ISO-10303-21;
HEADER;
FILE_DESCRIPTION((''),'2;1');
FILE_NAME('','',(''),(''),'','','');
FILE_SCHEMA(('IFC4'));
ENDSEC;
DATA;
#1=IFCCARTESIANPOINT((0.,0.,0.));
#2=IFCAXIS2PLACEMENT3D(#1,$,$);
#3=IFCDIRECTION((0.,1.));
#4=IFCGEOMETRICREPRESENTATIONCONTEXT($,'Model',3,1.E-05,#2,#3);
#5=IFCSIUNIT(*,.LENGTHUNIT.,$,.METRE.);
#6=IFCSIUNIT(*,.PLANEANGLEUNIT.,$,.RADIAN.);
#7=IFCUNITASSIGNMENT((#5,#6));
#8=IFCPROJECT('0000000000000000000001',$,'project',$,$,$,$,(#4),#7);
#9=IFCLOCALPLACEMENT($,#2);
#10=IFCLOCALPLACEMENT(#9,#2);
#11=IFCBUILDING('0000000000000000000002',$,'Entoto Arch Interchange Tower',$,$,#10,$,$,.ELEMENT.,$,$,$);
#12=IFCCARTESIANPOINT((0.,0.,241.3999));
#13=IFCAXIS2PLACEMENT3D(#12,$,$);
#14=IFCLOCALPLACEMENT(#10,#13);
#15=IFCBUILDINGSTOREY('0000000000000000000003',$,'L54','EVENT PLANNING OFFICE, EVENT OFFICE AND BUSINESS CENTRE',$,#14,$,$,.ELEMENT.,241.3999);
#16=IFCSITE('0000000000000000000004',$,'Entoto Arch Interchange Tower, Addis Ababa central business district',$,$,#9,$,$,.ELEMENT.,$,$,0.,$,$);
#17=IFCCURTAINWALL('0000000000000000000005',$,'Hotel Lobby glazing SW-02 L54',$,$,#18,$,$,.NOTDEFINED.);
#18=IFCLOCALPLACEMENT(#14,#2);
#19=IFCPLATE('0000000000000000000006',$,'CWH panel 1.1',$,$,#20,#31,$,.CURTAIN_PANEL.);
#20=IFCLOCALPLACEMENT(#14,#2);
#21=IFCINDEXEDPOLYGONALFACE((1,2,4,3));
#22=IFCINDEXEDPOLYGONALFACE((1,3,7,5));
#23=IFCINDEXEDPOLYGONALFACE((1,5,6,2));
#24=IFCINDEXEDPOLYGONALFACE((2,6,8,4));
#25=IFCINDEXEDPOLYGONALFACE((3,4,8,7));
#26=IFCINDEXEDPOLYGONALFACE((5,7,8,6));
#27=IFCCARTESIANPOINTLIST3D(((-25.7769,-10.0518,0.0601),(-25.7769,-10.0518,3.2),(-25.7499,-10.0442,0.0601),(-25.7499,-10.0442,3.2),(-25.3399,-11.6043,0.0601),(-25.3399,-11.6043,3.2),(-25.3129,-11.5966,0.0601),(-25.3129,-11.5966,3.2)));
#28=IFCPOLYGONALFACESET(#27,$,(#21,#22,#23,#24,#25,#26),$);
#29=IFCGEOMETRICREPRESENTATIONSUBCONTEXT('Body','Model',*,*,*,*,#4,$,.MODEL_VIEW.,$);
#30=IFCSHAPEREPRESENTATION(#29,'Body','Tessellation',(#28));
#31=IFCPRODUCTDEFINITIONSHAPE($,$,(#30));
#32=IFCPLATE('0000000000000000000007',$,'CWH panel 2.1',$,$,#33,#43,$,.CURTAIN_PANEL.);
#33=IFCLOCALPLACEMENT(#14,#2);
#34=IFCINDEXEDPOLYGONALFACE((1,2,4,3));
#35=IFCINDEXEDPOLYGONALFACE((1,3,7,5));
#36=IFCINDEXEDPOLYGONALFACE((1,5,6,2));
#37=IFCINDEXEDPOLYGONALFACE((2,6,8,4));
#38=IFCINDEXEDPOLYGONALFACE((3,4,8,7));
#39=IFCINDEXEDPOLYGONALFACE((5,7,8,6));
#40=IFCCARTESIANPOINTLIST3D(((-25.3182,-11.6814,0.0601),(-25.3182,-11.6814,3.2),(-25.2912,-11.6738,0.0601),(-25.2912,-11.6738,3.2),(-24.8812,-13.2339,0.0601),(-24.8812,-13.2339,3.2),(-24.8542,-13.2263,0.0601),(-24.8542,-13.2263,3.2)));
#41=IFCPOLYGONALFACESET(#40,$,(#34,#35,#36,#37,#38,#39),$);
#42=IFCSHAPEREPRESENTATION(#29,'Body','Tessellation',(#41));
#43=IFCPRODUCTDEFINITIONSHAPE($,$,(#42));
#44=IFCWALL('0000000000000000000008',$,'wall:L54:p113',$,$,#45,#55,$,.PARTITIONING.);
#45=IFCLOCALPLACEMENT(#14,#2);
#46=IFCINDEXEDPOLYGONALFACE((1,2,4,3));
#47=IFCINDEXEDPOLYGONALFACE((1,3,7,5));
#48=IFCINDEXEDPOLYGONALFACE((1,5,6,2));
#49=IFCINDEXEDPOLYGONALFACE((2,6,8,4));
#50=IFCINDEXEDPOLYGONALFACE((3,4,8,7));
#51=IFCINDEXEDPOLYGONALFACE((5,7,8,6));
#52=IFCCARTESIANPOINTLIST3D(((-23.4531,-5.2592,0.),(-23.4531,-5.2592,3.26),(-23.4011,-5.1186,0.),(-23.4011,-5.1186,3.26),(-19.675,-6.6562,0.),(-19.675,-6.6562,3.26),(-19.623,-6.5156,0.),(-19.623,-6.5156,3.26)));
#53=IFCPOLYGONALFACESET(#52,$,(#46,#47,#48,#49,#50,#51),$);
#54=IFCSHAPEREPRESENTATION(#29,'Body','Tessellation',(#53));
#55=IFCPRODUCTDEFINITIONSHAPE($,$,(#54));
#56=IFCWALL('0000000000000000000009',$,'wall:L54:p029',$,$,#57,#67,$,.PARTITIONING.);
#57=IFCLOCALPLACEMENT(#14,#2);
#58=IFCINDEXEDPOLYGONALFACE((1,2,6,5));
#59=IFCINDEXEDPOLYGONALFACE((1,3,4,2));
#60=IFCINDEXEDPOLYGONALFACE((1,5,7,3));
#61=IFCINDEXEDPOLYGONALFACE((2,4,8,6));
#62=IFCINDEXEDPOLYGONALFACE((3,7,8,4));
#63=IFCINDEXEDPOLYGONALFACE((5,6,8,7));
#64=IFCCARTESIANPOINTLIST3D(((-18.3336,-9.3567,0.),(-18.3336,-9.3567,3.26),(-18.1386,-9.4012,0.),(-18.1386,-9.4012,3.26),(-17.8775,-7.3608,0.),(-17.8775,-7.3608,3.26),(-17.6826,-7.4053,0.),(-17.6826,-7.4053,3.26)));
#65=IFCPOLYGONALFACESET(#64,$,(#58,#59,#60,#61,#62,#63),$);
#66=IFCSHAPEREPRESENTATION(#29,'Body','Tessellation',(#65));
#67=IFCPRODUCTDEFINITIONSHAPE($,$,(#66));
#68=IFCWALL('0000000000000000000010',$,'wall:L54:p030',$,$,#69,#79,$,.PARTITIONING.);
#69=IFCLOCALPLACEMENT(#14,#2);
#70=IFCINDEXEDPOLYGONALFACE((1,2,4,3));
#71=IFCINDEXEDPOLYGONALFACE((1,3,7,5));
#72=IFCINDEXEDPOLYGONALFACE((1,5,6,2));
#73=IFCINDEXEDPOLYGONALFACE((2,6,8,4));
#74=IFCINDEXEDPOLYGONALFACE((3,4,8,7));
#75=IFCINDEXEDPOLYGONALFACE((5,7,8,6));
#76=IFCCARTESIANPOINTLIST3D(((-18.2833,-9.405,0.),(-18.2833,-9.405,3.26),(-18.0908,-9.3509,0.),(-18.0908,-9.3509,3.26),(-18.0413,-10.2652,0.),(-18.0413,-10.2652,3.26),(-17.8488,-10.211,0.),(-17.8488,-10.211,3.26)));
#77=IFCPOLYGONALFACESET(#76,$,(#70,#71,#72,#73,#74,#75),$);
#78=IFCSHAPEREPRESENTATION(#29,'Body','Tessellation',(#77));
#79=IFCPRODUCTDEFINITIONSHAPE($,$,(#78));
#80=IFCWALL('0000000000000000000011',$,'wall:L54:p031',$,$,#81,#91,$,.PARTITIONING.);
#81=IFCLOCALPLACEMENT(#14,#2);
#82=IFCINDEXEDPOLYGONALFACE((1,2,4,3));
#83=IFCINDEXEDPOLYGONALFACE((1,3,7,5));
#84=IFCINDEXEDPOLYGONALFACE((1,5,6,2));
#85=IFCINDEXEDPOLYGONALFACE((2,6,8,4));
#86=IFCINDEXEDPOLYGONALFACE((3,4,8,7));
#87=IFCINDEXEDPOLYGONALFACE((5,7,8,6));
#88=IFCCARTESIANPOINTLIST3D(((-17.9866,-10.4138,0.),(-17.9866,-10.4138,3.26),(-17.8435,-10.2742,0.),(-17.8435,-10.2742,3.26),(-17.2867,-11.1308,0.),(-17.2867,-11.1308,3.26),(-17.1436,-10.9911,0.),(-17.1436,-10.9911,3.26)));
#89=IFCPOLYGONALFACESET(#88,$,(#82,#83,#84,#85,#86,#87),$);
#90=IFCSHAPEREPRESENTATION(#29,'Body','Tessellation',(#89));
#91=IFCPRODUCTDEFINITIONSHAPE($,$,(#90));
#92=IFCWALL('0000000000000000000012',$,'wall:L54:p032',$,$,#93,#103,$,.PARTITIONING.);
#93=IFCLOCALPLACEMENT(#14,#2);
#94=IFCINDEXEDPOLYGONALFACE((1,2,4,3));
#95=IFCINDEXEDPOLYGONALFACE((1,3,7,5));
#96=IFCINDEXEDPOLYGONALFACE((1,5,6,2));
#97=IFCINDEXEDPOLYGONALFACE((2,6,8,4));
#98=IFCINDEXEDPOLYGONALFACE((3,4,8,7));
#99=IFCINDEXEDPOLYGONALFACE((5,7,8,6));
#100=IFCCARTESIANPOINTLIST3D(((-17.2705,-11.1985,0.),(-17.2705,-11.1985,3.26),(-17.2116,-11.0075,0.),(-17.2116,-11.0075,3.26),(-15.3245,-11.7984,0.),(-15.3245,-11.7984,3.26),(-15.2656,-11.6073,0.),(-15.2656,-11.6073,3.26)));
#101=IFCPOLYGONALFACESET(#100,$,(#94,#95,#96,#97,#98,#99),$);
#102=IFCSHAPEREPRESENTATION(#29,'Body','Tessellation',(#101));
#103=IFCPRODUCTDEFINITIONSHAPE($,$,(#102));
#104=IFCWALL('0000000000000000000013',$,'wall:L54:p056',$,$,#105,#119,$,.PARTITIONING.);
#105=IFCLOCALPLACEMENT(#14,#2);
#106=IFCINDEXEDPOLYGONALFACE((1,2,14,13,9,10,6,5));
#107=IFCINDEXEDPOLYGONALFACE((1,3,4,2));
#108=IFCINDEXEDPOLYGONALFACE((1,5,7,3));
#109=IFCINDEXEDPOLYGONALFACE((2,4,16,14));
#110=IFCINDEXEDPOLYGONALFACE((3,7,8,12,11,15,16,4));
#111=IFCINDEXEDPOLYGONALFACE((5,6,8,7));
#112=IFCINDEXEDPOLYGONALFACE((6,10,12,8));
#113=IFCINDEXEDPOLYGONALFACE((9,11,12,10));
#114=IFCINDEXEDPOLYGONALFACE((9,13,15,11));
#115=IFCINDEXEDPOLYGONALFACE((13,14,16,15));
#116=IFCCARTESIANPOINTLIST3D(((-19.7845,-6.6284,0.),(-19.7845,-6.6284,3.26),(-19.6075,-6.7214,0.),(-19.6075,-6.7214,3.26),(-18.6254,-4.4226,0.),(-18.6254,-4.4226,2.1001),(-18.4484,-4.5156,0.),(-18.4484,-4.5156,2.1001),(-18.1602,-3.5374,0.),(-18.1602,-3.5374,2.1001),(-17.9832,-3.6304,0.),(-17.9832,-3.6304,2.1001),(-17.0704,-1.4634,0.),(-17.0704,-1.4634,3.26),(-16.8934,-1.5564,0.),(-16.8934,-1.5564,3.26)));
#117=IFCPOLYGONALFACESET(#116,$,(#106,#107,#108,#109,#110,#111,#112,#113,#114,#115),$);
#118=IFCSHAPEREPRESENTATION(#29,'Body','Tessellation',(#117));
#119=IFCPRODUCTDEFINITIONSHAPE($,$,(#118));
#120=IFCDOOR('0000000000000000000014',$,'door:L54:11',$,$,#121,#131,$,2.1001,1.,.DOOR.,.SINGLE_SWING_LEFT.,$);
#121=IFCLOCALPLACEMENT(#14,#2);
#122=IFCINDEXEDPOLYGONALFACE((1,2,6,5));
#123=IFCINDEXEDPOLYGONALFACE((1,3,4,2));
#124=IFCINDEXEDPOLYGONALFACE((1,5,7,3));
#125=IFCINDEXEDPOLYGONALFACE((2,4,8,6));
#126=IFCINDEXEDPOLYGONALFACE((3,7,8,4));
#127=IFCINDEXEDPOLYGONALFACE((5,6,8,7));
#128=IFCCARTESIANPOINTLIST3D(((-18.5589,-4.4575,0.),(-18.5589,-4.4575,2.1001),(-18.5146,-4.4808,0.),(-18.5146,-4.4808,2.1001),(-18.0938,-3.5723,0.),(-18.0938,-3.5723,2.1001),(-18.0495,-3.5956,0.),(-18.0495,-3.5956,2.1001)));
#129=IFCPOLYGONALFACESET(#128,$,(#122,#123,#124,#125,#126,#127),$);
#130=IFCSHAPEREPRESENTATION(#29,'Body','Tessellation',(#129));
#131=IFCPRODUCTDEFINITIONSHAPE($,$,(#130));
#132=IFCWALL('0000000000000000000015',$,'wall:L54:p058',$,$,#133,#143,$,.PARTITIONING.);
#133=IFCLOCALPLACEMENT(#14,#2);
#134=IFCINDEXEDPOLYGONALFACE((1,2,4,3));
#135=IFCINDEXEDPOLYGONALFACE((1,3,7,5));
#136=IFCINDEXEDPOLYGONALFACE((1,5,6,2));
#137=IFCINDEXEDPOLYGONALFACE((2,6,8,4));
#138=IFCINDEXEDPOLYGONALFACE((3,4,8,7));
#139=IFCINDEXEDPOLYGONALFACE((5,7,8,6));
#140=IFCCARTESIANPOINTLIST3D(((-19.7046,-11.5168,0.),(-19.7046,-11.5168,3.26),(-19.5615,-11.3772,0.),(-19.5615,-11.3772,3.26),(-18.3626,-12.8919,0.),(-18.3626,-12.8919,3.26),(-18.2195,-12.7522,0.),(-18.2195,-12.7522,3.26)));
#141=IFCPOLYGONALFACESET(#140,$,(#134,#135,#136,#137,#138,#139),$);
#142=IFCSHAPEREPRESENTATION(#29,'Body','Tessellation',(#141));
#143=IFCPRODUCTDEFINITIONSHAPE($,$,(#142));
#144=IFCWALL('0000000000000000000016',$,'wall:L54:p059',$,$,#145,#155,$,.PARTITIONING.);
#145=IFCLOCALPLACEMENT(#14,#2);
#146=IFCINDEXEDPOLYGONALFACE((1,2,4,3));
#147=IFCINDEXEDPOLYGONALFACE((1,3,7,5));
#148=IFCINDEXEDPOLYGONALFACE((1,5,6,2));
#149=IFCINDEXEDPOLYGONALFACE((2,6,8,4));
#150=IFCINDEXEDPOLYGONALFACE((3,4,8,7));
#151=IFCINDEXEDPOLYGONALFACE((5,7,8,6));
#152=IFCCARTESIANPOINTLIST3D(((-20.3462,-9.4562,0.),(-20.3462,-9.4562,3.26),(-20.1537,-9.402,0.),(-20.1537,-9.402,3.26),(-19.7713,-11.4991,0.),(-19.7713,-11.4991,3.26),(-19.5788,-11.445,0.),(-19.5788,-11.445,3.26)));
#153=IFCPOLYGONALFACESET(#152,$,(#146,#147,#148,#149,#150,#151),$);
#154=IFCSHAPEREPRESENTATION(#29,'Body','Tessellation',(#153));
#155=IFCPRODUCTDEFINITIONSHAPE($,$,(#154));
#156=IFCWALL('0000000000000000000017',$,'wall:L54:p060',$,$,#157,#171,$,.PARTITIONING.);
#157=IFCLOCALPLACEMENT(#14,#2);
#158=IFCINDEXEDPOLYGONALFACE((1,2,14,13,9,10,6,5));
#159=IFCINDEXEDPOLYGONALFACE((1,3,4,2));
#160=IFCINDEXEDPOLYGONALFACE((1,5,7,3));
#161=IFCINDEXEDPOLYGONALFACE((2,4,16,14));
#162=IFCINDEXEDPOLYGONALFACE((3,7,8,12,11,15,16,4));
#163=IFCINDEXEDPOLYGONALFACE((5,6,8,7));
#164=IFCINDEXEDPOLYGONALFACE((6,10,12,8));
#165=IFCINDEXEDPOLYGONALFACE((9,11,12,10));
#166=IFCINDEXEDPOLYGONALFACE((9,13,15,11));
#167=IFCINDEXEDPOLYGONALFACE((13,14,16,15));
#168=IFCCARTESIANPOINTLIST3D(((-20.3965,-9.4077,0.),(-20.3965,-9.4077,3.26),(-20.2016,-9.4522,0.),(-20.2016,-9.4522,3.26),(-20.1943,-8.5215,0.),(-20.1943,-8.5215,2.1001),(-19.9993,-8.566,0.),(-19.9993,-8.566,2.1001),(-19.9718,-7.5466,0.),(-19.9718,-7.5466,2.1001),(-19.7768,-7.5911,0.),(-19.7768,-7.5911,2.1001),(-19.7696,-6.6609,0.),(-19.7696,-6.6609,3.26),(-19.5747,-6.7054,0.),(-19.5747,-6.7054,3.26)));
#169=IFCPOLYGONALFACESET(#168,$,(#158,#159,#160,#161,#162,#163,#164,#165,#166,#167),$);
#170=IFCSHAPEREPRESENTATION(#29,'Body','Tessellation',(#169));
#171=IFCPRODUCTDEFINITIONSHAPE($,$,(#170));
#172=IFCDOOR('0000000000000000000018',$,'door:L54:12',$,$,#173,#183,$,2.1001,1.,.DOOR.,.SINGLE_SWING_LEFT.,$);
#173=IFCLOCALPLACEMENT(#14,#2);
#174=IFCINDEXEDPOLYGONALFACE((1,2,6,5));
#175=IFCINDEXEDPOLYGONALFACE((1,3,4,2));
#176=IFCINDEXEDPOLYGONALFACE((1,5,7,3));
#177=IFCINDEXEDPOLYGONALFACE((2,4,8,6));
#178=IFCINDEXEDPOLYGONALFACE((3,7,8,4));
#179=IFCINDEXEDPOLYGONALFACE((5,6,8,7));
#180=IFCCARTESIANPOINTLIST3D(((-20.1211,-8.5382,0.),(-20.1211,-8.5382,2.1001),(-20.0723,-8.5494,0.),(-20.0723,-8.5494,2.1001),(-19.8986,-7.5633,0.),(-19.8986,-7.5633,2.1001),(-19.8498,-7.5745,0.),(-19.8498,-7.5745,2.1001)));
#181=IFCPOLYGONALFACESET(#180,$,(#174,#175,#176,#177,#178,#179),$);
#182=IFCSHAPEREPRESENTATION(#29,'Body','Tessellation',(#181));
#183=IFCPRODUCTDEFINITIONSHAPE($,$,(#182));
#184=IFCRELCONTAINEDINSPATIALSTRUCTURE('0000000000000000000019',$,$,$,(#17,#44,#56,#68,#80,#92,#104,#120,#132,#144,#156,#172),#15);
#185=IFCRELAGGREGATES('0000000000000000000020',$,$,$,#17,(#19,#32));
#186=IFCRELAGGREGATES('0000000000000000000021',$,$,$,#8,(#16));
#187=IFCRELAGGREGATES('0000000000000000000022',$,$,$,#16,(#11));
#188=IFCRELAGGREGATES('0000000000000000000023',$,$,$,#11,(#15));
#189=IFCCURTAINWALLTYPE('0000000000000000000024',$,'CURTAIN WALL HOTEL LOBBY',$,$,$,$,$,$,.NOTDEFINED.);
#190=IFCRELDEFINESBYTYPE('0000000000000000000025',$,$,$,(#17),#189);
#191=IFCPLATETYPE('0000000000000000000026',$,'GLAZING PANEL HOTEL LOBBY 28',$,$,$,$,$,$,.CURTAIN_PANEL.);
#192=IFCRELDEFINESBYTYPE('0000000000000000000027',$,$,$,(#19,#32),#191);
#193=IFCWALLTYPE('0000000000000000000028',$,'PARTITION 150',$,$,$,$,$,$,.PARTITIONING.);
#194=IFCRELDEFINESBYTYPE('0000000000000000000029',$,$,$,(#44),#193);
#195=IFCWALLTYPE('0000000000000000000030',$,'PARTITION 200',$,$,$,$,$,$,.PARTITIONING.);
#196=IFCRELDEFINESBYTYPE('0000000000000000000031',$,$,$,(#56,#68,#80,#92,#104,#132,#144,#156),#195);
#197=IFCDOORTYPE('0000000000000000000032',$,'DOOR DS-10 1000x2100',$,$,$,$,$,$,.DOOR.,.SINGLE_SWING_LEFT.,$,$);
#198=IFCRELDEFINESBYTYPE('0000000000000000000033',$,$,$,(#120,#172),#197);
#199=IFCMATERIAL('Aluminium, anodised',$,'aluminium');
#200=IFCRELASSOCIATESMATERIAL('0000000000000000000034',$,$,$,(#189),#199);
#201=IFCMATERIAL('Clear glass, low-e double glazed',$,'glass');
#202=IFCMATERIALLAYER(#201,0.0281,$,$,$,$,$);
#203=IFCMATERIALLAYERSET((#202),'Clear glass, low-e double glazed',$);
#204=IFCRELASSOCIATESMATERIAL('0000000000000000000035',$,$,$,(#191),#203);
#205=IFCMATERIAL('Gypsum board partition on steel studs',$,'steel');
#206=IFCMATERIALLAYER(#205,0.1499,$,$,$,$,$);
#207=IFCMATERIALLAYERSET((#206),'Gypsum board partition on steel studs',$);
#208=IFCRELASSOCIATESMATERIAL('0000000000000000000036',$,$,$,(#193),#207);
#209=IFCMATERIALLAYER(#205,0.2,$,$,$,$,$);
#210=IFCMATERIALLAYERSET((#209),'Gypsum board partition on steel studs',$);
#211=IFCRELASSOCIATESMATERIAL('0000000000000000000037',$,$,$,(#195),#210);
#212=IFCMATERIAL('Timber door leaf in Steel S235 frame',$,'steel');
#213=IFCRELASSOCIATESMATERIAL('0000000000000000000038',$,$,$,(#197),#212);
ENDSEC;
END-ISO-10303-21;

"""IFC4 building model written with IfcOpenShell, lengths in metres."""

from ifc_helpers import new_model, si_unit, direction, frame, frame_2d, origin, origin_2d, place, context, subcontext, project, spatial, rectangle, extrude, material, layer, layer_set, type_object, element, fill, aggregate, save


model = new_model("IFC4")

# Units and contexts
model_context = context("Model", 3, precision=1e-05, world=origin(), true_north=direction((0.0, 1.0)))
body_context = subcontext(model_context, "Body", "Model", "MODEL_VIEW")
ifc_project = project(units=[si_unit("LENGTHUNIT", "METRE"), si_unit("PLANEANGLEUNIT", "RADIAN")], contexts=[model_context])

# Site, building, storey
site_placement = place(None, origin())
site = spatial("IfcSite", under=ifc_project, at=site_placement, Name="Entoto Arch Interchange Tower, Addis Ababa central business district", CompositionType="ELEMENT", RefElevation=0.0)
building_placement = place(site_placement, origin())
building = spatial("IfcBuilding", under=site, at=building_placement, Name="Entoto Arch Interchange Tower", CompositionType="ELEMENT")
storey_placement = place(building_placement, frame((0.0, 0.0, 241.3999)))
storey = spatial("IfcBuildingStorey", under=building, at=storey_placement, Name="L54", Description="EVENT PLANNING OFFICE, EVENT OFFICE AND BUSINESS CENTRE", CompositionType="ELEMENT", Elevation=241.3999)

# Curtain wall
ifc_material_1 = material(Name="Aluminium, anodised", Category="aluminium")
curtain_wall_type = type_object("IfcCurtainWallType", Name="CURTAIN WALL HOTEL LOBBY", PredefinedType="NOTDEFINED", material=ifc_material_1)
curtain_wall_1_placement = place(storey_placement, origin())
curtain_wall_1 = element("IfcCurtainWall", 1, at=curtain_wall_1_placement, inside=storey, type_object=curtain_wall_type, Name="Hotel Lobby glazing SW-02 L54", PredefinedType="NOTDEFINED")

# Plates
ifc_material_2 = material(Name="Clear glass, low-e double glazed", Category="glass")
ifc_layer_1 = layer(ifc_material_2, 0.0281)
ifc_layer_set_1 = layer_set([ifc_layer_1], Name="Clear glass, low-e double glazed")
plate_type = type_object("IfcPlateType", Name="GLAZING PANEL HOTEL LOBBY 28", PredefinedType="CURTAIN_PANEL", material=ifc_layer_set_1)
plate_1_placement = place(storey_placement, frame((-25.5449, -10.8242, 0.0601), z_axis=(0.0, 0.0, 1.0), x_axis=(0.270946, -0.962595, 0.0)))
plate_1 = element("IfcPlate", 2, at=plate_1_placement, type_object=plate_type, Name="CWH panel 1.1", PredefinedType="CURTAIN_PANEL", context=body_context, shape_type="SweptSolid", body=[
    extrude(rectangle(XDim=1.6128, YDim=0.0281, at=origin_2d()), origin(), (0.0, 0.0, 1.0), 3.1399),
])
plate_2_placement = place(storey_placement, frame((-25.0862, -12.4539, 0.0601), z_axis=(0.0, 0.0, 1.0), x_axis=(0.270946, -0.962595, 0.0)))
plate_2 = element("IfcPlate", 3, at=plate_2_placement, type_object=plate_type, Name="CWH panel 2.1", PredefinedType="CURTAIN_PANEL", context=body_context, shape_type="SweptSolid", body=[
    extrude(rectangle(XDim=1.6128, YDim=0.0281, at=origin_2d()), origin(), (0.0, 0.0, 1.0), 3.1399),
])
aggregate(curtain_wall_1, [plate_1, plate_2])

# Walls
ifc_material_3 = material(Name="Gypsum board partition on steel studs", Category="steel")
ifc_layer_2 = layer(ifc_material_3, 0.1499)
ifc_layer_set_2 = layer_set([ifc_layer_2], Name="Gypsum board partition on steel studs")
wall_type_1 = type_object("IfcWallType", Name="PARTITION 150", PredefinedType="PARTITIONING", material=ifc_layer_set_2)
wall_1_placement = place(storey_placement, frame((-19.6489, -6.5859, 0.0), z_axis=(0.0, 0.0, 1.0), x_axis=(-0.937936, 0.346809, 0.0)))
element("IfcWall", 4, at=wall_1_placement, inside=storey, type_object=wall_type_1, Name="wall:L54:p113", PredefinedType="PARTITIONING", context=body_context, shape_type="SweptSolid", body=[
    extrude(rectangle(XDim=4.0281, YDim=0.1499, at=frame_2d((2.0142, 0.0))), origin(), (0.0, 0.0, 1.0), 3.26),
])
ifc_layer_3 = layer(ifc_material_3, 0.2)
ifc_layer_set_3 = layer_set([ifc_layer_3], Name="Gypsum board partition on steel studs")
wall_type_2 = type_object("IfcWallType", Name="PARTITION 200", PredefinedType="PARTITIONING", material=ifc_layer_set_3)
wall_2_placement = place(storey_placement, frame((-17.78, -7.3831, 0.0), z_axis=(0.0, 0.0, 1.0), x_axis=(-0.22276, -0.974873, 0.0)))
element("IfcWall", 5, at=wall_2_placement, inside=storey, type_object=wall_type_2, Name="wall:L54:p029", PredefinedType="PARTITIONING", context=body_context, shape_type="SweptSolid", body=[
    extrude(rectangle(XDim=2.0474, YDim=0.2, at=frame_2d((1.0237, 0.0))), origin(), (0.0, 0.0, 1.0), 3.26),
])
wall_3_placement = place(storey_placement, frame((-18.187, -9.3779, 0.0), z_axis=(0.0, 0.0, 1.0), x_axis=(0.270785, -0.96264, 0.0)))
element("IfcWall", 6, at=wall_3_placement, inside=storey, type_object=wall_type_2, Name="wall:L54:p030", PredefinedType="PARTITIONING", context=body_context, shape_type="SweptSolid", body=[
    extrude(rectangle(XDim=0.8936, YDim=0.2, at=frame_2d((0.4468, 0.0))), origin(), (0.0, 0.0, 1.0), 3.26),
])
wall_4_placement = place(storey_placement, frame((-17.915, -10.344, 0.0), z_axis=(0.0, 0.0, 1.0), x_axis=(0.698528, -0.715583, 0.0)))
element("IfcWall", 7, at=wall_4_placement, inside=storey, type_object=wall_type_2, Name="wall:L54:p031", PredefinedType="PARTITIONING", context=body_context, shape_type="SweptSolid", body=[
    extrude(rectangle(XDim=1.002, YDim=0.2, at=frame_2d((0.501, 0.0))), origin(), (0.0, 0.0, 1.0), 3.26),
])
wall_5_placement = place(storey_placement, frame((-17.241, -11.103, 0.0), z_axis=(0.0, 0.0, 1.0), x_axis=(0.955631, -0.294566, 0.0)))
element("IfcWall", 8, at=wall_5_placement, inside=storey, type_object=wall_type_2, Name="wall:L54:p032", PredefinedType="PARTITIONING", context=body_context, shape_type="SweptSolid", body=[
    extrude(rectangle(XDim=2.0364, YDim=0.2, at=frame_2d((1.0181, 0.0))), origin(), (0.0, 0.0, 1.0), 3.26),
])

# Wall, opening, door
wall_6_placement = place(storey_placement, frame((-19.696, -6.675, 0.0), z_axis=(0.0, 0.0, 1.0), x_axis=(0.465165, 0.885224, 0.0)))
wall_6 = element("IfcWall", 9, at=wall_6_placement, inside=storey, type_object=wall_type_2, Name="wall:L54:p056", PredefinedType="PARTITIONING", context=body_context, shape_type="SweptSolid", body=[
    extrude(rectangle(XDim=5.8347, YDim=0.2, at=frame_2d((2.9175, 0.0))), origin(), (0.0, 0.0, 1.0), 3.26),
])
opening_1_placement = place(wall_6_placement, frame((2.4919, 0.0, 0.0)))
opening_1 = element("IfcOpeningElement", 10, at=opening_1_placement, cuts=wall_6, PredefinedType="OPENING", context=body_context, shape_type="SweptSolid", body=[
    extrude(rectangle(XDim=1.0, YDim=2.1001, at=frame_2d((0.5, 1.05))), frame((0.0, 0.1099, 0.0), z_axis=(0.0, -1.0, 0.0), x_axis=(1.0, 0.0, 0.0)), (0.0, 0.0, 1.0), 0.22),
])
ifc_material_4 = material(Name="Timber door leaf in Steel S235 frame", Category="steel")
door_type = type_object("IfcDoorType", Name="DOOR DS-10 1000x2100", OperationType="SINGLE_SWING_LEFT", PredefinedType="DOOR", material=ifc_material_4)
door_1_placement = place(opening_1_placement, origin())
door_1 = element("IfcDoor", 11, at=door_1_placement, inside=storey, type_object=door_type, Name="door:L54:11", OperationType="SINGLE_SWING_LEFT", OverallHeight=2.1001, OverallWidth=1.0, PredefinedType="DOOR", context=body_context, shape_type="SweptSolid", body=[
    extrude(rectangle(XDim=1.0, YDim=2.1001, at=frame_2d((0.5, 1.05))), frame((0.0, 0.0249, 0.0), z_axis=(0.0, -1.0, 0.0), x_axis=(1.0, 0.0, 0.0)), (0.0, 0.0, 1.0), 0.05),
])
fill(opening_1, door_1)

# Walls
wall_7_placement = place(storey_placement, frame((-18.291, -12.822, 0.0), z_axis=(0.0, 0.0, 1.0), x_axis=(-0.698478, 0.715632, 0.0)))
element("IfcWall", 12, at=wall_7_placement, inside=storey, type_object=wall_type_2, Name="wall:L54:p058", PredefinedType="PARTITIONING", context=body_context, shape_type="SweptSolid", body=[
    extrude(rectangle(XDim=1.9214, YDim=0.2, at=frame_2d((0.9607, 0.0))), origin(), (0.0, 0.0, 1.0), 3.26),
])
wall_8_placement = place(storey_placement, frame((-19.675, -11.4719, 0.0), z_axis=(0.0, 0.0, 1.0), x_axis=(-0.270905, 0.962606, 0.0)))
element("IfcWall", 13, at=wall_8_placement, inside=storey, type_object=wall_type_2, Name="wall:L54:p059", PredefinedType="PARTITIONING", context=body_context, shape_type="SweptSolid", body=[
    extrude(rectangle(XDim=2.1223, YDim=0.2, at=frame_2d((1.061, 0.0))), origin(), (0.0, 0.0, 1.0), 3.26),
])

# Wall, opening, door
wall_9_placement = place(storey_placement, frame((-20.2991, -9.4299, 0.0), z_axis=(0.0, 0.0, 1.0), x_axis=(0.222524, 0.974927, 0.0)))
wall_9 = element("IfcWall", 14, at=wall_9_placement, inside=storey, type_object=wall_type_2, Name="wall:L54:p060", PredefinedType="PARTITIONING", context=body_context, shape_type="SweptSolid", body=[
    extrude(rectangle(XDim=2.8174, YDim=0.2, at=frame_2d((1.4087, 0.0))), origin(), (0.0, 0.0, 1.0), 3.26),
])
opening_2_placement = place(wall_9_placement, frame((0.9089, 0.0, 0.0)))
opening_2 = element("IfcOpeningElement", 15, at=opening_2_placement, cuts=wall_9, PredefinedType="OPENING", context=body_context, shape_type="SweptSolid", body=[
    extrude(rectangle(XDim=1.0, YDim=2.1001, at=frame_2d((0.5, 1.05))), frame((0.0, 0.1099, 0.0), z_axis=(0.0, -1.0, 0.0), x_axis=(1.0, 0.0, 0.0)), (0.0, 0.0, 1.0), 0.22),
])
door_2_placement = place(opening_2_placement, origin())
door_2 = element("IfcDoor", 16, at=door_2_placement, inside=storey, type_object=door_type, Name="door:L54:12", OperationType="SINGLE_SWING_LEFT", OverallHeight=2.1001, OverallWidth=1.0, PredefinedType="DOOR", context=body_context, shape_type="SweptSolid", body=[
    extrude(rectangle(XDim=1.0, YDim=2.1001, at=frame_2d((0.5, 1.05))), frame((0.0, 0.0249, 0.0), z_axis=(0.0, -1.0, 0.0), x_axis=(1.0, 0.0, 0.0)), (0.0, 0.0, 1.0), 0.05),
])
fill(opening_2, door_2)

save(model, "model.ifc")
